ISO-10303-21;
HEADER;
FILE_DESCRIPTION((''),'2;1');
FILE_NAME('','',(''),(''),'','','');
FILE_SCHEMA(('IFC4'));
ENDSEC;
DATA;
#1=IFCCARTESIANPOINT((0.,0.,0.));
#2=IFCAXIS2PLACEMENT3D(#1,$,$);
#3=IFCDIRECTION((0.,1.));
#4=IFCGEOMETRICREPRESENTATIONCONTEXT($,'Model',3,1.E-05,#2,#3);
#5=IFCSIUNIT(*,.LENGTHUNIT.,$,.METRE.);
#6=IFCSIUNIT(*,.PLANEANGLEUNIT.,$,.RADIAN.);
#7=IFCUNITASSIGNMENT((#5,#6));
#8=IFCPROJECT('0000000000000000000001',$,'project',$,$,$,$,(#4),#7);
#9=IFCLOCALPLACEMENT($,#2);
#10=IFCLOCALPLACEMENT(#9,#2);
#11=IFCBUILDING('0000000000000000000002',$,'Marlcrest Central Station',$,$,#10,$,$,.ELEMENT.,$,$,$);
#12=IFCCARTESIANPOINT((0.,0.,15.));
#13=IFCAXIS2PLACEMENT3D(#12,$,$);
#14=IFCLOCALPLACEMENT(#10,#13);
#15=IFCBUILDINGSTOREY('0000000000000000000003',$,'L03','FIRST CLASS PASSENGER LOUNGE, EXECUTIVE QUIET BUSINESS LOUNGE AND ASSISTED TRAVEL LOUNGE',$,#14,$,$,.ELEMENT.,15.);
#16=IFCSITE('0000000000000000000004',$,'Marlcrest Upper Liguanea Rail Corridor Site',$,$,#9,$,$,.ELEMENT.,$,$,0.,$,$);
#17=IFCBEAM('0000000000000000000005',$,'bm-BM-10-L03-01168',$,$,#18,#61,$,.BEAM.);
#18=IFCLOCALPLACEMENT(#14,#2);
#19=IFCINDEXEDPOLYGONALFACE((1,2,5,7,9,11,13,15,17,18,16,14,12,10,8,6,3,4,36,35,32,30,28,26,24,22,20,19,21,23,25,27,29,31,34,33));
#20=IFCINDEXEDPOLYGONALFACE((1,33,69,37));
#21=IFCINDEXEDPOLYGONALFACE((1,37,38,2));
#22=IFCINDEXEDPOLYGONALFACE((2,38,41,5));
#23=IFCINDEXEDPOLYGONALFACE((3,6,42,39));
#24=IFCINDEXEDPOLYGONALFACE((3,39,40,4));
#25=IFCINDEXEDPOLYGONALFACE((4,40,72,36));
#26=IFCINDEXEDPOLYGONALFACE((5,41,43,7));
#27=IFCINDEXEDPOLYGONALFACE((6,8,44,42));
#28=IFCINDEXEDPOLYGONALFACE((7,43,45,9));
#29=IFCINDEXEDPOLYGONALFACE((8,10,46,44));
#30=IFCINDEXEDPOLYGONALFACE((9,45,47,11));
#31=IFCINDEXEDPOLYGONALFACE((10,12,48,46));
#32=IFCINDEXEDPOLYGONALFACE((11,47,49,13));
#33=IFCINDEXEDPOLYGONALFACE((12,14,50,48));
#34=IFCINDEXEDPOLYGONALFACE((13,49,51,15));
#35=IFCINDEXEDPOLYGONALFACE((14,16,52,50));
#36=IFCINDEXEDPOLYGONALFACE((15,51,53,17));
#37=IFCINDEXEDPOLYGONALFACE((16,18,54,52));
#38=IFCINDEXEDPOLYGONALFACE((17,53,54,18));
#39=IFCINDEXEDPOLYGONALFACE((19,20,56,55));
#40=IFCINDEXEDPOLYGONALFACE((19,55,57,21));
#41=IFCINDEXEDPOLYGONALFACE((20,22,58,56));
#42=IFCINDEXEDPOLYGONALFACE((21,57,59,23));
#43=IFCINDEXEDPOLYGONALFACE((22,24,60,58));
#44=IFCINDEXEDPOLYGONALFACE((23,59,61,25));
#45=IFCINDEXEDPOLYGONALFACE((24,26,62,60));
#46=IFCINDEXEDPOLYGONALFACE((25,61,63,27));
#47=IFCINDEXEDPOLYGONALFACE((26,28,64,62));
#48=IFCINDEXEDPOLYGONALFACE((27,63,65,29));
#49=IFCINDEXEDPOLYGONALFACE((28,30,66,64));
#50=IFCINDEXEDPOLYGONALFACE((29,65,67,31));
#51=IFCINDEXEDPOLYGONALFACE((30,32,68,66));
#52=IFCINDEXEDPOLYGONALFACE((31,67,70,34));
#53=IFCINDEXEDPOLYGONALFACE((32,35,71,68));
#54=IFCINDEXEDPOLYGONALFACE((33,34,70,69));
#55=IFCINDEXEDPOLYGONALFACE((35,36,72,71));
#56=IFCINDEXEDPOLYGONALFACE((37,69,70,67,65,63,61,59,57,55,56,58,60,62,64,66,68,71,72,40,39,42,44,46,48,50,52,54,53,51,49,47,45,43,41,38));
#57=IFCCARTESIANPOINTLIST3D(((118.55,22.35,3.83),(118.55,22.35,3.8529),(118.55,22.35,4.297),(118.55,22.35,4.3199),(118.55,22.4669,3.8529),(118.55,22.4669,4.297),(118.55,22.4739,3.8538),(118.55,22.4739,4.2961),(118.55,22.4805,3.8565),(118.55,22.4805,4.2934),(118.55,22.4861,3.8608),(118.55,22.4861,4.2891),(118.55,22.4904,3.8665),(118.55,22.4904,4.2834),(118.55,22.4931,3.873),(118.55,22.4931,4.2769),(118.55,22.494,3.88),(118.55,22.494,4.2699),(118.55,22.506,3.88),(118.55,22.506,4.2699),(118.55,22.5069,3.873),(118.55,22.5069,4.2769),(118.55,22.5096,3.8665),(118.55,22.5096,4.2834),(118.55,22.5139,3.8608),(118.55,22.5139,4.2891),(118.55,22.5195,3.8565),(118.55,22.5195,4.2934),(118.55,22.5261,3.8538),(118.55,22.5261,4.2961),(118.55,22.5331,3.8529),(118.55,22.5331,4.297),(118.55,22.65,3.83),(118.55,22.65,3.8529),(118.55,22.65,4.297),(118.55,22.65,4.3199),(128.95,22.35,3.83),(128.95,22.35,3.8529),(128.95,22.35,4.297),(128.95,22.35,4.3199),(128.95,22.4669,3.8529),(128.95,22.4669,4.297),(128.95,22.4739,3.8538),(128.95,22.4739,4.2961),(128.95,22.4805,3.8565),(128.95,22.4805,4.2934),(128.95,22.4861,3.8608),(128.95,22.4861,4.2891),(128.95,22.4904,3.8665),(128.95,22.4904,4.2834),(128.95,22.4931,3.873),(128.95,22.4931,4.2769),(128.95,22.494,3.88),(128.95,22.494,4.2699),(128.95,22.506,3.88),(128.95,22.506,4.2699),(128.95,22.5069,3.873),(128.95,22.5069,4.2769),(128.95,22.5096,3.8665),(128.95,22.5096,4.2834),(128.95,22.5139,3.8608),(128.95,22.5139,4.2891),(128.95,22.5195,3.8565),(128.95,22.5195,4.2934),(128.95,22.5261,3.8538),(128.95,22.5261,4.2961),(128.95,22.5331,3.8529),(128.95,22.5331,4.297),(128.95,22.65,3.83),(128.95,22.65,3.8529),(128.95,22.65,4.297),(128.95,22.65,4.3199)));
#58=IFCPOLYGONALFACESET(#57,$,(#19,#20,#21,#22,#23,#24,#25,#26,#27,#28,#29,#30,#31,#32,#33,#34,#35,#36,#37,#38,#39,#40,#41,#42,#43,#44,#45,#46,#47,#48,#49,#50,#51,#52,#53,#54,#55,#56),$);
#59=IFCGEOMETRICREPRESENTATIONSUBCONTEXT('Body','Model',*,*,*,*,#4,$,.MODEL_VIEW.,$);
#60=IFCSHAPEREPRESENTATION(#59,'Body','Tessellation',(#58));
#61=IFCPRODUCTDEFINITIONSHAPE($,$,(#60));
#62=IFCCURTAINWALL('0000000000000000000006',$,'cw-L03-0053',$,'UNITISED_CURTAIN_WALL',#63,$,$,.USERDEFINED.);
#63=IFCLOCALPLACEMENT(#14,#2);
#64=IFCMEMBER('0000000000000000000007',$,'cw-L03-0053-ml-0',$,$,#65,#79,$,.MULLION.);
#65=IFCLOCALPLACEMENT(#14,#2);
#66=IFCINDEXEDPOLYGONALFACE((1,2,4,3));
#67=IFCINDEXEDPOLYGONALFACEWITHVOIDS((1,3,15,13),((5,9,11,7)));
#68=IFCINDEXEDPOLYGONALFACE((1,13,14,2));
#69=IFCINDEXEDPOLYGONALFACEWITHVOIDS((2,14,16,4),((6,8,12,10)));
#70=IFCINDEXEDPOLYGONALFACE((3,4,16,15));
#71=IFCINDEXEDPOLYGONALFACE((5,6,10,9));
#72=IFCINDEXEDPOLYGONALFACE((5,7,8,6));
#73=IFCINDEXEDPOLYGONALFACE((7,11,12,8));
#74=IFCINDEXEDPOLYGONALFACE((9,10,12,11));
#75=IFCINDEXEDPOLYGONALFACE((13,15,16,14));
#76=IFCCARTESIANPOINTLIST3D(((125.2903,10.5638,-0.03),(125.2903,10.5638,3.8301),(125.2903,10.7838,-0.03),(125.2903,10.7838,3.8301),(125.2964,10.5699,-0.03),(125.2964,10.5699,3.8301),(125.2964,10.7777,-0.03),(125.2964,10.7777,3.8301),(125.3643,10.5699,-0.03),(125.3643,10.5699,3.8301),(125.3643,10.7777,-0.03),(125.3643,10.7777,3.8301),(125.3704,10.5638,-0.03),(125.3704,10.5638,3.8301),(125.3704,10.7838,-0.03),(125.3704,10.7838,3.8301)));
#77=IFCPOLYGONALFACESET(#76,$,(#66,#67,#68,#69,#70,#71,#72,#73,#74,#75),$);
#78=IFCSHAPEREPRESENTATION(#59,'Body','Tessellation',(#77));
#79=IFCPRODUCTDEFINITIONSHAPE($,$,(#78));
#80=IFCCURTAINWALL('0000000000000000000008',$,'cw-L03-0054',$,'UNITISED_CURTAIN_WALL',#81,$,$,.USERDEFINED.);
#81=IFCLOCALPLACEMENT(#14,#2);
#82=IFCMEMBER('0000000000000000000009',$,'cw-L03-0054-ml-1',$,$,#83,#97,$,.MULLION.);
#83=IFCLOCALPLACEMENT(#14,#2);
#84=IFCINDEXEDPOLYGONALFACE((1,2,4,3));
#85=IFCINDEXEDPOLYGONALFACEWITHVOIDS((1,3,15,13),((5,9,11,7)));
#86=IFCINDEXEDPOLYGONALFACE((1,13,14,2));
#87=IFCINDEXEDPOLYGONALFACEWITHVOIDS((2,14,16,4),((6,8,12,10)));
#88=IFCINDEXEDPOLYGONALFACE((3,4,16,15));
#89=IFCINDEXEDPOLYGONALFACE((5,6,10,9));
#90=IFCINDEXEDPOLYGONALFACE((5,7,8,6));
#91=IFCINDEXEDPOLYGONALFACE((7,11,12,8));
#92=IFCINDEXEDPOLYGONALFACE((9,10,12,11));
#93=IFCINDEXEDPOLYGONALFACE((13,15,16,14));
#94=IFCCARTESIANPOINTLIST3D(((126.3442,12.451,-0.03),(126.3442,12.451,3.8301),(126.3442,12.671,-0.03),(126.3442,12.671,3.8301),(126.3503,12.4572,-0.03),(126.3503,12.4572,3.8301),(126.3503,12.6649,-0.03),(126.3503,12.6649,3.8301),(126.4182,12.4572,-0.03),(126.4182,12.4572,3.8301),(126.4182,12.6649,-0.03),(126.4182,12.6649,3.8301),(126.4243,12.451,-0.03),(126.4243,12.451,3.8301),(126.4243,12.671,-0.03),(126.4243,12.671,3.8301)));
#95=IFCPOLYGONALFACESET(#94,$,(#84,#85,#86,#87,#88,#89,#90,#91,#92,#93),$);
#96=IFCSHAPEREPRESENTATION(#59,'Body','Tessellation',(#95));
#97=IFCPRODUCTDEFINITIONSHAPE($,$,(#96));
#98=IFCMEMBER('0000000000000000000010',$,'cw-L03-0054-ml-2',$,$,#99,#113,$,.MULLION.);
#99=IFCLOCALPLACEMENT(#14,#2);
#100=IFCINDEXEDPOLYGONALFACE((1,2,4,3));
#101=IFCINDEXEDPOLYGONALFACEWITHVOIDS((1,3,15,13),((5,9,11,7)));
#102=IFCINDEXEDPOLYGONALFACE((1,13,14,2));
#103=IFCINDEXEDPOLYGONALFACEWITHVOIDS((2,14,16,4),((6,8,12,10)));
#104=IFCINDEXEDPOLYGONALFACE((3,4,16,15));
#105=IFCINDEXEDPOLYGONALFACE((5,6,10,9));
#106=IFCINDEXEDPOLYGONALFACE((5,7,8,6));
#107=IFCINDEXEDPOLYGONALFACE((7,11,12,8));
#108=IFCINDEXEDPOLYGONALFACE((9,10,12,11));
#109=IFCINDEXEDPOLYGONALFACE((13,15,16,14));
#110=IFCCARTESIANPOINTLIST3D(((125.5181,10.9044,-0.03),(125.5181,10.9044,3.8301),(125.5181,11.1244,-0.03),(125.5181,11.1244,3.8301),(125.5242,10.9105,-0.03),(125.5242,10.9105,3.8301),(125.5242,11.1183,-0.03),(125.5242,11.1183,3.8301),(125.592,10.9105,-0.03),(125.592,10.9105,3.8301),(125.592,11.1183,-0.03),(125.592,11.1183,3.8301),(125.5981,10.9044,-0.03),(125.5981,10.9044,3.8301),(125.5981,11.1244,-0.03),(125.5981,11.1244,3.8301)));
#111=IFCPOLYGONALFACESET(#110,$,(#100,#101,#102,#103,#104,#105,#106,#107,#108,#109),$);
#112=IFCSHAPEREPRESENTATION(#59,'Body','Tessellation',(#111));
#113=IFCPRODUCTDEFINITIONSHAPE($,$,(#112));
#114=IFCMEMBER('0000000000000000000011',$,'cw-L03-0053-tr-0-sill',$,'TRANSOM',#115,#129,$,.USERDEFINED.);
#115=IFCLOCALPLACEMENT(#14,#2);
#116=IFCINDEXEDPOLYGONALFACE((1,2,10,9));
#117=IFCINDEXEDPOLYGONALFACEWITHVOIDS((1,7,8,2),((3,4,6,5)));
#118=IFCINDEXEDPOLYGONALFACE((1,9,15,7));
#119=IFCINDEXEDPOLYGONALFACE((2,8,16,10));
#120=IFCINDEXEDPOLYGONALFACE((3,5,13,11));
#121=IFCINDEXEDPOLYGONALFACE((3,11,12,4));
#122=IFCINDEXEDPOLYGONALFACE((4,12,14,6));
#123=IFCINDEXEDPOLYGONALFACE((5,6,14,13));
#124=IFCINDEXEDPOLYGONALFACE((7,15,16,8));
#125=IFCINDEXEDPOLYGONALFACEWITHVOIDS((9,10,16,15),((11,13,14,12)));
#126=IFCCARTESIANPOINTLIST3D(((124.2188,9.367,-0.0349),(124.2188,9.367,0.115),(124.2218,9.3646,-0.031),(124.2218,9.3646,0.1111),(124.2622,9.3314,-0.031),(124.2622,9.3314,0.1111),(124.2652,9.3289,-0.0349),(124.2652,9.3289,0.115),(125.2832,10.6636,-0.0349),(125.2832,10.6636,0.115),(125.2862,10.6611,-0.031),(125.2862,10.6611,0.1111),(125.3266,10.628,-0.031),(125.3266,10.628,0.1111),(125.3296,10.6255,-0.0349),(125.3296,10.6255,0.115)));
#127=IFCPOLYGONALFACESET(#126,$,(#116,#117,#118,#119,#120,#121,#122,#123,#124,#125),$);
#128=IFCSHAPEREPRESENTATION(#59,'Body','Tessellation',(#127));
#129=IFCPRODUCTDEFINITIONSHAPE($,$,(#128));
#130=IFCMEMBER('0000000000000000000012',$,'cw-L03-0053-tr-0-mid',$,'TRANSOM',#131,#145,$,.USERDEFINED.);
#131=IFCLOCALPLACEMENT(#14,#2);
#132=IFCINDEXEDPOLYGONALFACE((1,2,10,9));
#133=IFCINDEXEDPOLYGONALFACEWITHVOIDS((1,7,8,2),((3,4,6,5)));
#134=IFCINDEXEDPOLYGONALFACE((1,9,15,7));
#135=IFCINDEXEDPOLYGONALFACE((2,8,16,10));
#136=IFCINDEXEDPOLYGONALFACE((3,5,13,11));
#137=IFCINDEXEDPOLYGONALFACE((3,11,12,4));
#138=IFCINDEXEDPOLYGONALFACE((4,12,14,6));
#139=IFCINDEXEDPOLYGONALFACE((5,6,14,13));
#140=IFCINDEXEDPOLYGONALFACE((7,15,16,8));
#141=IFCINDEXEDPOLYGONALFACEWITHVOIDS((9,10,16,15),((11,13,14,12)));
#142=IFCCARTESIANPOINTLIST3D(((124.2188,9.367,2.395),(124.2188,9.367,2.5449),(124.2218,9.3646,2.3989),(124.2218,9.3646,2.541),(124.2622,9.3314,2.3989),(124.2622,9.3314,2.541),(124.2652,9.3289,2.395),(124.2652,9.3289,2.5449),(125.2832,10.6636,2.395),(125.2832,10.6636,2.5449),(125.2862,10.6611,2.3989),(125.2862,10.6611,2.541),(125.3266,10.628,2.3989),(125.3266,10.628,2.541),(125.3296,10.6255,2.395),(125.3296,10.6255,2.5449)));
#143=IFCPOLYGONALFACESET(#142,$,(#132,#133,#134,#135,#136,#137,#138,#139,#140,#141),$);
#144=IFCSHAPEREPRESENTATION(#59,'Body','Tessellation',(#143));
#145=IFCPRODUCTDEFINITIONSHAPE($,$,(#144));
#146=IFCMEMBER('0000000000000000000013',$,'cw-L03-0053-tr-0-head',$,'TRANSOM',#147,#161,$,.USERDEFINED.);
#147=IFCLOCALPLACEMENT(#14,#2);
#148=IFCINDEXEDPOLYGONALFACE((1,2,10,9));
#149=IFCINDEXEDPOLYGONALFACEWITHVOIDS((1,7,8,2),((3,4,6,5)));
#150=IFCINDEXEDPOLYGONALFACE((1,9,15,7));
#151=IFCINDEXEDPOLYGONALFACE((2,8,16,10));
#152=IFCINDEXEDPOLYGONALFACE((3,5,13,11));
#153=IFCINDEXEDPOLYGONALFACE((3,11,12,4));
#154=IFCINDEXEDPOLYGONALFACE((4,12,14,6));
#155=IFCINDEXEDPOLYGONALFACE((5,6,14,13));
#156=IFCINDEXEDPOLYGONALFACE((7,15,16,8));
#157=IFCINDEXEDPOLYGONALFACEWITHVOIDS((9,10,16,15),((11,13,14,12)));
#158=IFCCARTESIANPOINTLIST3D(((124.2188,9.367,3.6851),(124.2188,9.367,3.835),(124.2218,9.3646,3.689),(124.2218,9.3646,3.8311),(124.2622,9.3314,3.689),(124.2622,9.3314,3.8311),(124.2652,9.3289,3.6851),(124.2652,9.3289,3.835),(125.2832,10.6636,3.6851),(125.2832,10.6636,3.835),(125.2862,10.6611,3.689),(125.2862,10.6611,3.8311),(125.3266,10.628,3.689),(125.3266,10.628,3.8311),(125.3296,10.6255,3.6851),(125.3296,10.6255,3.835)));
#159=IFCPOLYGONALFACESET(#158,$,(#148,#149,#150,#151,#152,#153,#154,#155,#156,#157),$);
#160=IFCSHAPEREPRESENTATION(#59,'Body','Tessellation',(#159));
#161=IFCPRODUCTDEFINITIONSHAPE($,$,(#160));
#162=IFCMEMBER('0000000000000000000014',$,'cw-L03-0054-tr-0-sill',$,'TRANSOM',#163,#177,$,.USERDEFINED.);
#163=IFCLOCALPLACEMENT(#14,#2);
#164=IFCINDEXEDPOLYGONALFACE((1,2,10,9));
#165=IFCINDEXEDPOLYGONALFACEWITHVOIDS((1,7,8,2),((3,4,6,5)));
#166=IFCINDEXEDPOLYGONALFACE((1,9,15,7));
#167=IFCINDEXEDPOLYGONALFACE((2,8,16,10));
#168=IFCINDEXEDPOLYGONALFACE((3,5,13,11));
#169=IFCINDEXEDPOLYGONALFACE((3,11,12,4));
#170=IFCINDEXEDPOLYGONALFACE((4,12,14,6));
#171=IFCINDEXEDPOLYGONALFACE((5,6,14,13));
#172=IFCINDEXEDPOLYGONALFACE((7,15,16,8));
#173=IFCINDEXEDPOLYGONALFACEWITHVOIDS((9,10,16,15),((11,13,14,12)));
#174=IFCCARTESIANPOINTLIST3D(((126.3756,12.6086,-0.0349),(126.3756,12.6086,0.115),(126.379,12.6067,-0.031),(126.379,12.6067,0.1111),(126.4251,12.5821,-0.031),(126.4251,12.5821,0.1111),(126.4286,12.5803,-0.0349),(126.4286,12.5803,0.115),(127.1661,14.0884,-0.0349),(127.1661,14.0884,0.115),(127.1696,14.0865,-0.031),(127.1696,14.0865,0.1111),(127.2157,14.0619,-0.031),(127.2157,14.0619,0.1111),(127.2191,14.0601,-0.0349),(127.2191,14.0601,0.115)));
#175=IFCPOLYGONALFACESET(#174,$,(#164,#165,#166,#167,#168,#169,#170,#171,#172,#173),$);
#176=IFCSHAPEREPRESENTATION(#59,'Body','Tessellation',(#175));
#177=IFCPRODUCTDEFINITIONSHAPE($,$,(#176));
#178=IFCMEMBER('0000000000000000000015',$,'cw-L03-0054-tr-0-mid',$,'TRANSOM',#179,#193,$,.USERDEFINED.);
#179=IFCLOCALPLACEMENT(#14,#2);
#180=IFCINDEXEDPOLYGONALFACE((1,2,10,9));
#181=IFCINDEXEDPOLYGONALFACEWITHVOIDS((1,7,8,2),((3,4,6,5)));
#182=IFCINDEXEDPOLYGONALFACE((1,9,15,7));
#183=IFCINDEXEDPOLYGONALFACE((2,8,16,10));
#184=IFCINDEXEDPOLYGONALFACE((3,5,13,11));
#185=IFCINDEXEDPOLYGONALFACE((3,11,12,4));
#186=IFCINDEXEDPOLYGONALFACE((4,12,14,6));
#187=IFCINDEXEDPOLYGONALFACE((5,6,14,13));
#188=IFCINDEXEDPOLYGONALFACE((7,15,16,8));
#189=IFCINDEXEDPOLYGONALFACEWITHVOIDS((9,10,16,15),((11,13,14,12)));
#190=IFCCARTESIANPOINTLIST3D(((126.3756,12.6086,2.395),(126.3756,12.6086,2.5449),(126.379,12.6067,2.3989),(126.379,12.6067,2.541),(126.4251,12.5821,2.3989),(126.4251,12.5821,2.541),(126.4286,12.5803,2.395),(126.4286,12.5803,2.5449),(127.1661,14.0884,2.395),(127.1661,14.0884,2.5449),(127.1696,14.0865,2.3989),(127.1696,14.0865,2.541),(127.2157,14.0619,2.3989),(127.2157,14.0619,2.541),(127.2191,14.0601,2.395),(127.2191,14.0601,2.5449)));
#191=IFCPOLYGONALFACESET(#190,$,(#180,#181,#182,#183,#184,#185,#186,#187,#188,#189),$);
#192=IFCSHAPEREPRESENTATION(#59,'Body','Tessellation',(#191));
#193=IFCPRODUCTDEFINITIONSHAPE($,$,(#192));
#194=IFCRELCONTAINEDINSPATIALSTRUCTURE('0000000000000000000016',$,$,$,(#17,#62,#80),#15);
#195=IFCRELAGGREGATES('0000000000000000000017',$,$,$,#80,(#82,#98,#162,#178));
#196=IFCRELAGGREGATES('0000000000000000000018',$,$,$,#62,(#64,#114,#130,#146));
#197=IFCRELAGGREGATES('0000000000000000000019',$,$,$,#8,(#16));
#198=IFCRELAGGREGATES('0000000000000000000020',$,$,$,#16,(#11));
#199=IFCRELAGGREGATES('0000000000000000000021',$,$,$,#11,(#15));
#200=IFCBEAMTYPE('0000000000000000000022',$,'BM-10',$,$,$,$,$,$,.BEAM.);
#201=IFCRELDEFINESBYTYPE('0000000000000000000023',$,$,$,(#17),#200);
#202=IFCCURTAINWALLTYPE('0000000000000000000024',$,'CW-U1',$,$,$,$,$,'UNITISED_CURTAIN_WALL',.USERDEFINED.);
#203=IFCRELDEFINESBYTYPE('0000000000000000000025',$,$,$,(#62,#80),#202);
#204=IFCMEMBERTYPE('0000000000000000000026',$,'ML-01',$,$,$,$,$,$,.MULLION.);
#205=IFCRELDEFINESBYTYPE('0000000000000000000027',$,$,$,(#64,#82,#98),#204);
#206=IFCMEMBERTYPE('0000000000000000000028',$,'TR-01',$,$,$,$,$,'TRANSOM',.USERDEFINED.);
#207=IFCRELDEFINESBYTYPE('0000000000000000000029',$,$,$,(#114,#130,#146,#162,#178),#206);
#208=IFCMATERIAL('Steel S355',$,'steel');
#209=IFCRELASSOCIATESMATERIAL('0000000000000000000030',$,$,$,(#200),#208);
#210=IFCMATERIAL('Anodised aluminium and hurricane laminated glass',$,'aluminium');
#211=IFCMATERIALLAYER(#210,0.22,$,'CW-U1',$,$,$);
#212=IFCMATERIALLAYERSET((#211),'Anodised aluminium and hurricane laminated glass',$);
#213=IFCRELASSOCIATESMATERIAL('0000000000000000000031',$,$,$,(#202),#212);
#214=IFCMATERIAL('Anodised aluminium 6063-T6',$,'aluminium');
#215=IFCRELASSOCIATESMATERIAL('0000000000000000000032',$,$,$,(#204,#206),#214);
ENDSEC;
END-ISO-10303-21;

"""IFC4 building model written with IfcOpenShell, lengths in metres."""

from ifc_helpers import new_model, si_unit, direction, frame, origin, origin_2d, place, context, subcontext, project, spatial, hollow_rectangle, i_section, extrude, material, layer, layer_set, material_profile, profile_set, type_object, element, aggregate, save


model = new_model("IFC4")

# Units and contexts
model_context = context("Model", 3, precision=1e-05, world=origin(), true_north=direction((0.0, 1.0)))
body_context = subcontext(model_context, "Body", "Model", "MODEL_VIEW")
ifc_project = project(units=[si_unit("LENGTHUNIT", "METRE"), si_unit("PLANEANGLEUNIT", "RADIAN")], contexts=[model_context])

# Site, building, storey
site_placement = place(None, origin())
site = spatial("IfcSite", under=ifc_project, at=site_placement, Name="Marlcrest Upper Liguanea Rail Corridor Site", CompositionType="ELEMENT", RefElevation=0.0)
building_placement = place(site_placement, origin())
building = spatial("IfcBuilding", under=site, at=building_placement, Name="Marlcrest Central Station", CompositionType="ELEMENT")
storey_placement = place(building_placement, frame((0.0, 0.0, 15.0)))
storey = spatial("IfcBuildingStorey", under=building, at=storey_placement, Name="L03", Description="FIRST CLASS PASSENGER LOUNGE, EXECUTIVE QUIET BUSINESS LOUNGE AND ASSISTED TRAVEL LOUNGE", CompositionType="ELEMENT", Elevation=15.0)

# Beam
ifc_material_1 = material(Name="Steel S355", Category="steel")
ifc_material_profile_1 = material_profile(ifc_material_1, i_section(OverallWidth=0.3, OverallDepth=0.49, WebThickness=0.012, FlangeThickness=0.0229, FilletRadius=0.0271, at=origin_2d()), Name="HEA 500")
ifc_profile_set_1 = profile_set([ifc_material_profile_1], Name="Steel S355")
beam_type = type_object("IfcBeamType", Name="BM-10", PredefinedType="BEAM", material=ifc_profile_set_1)
beam_placement = place(storey_placement, frame((118.55, 22.5, 4.075), z_axis=(1.0, 0.0, 0.0), x_axis=(0.0, 1.0, 0.0)))
element("IfcBeam", 1, at=beam_placement, inside=storey, type_object=beam_type, Name="bm-BM-10-L03-01168", PredefinedType="BEAM", context=body_context, shape_type="SweptSolid", body=[
    extrude(i_section(OverallWidth=0.3, OverallDepth=0.49, WebThickness=0.012, FlangeThickness=0.0229, FilletRadius=0.0271, at=origin_2d()), origin(), (0.0, 0.0, 1.0), 10.3999),
])

# Curtain wall, member
ifc_material_2 = material(Name="Anodised aluminium and hurricane laminated glass", Category="aluminium")
ifc_layer_1 = layer(ifc_material_2, 0.22, Name="CW-U1")
ifc_layer_set_1 = layer_set([ifc_layer_1], Name="Anodised aluminium and hurricane laminated glass")
curtain_wall_type = type_object("IfcCurtainWallType", Name="CW-U1", ElementType="UNITISED_CURTAIN_WALL", PredefinedType="USERDEFINED", material=ifc_layer_set_1)
curtain_wall_1_placement = place(storey_placement, origin())
curtain_wall_1 = element("IfcCurtainWall", 2, at=curtain_wall_1_placement, inside=storey, type_object=curtain_wall_type, Name="cw-L03-0053", ObjectType="UNITISED_CURTAIN_WALL", PredefinedType="USERDEFINED")
ifc_material_3 = material(Name="Anodised aluminium 6063-T6", Category="aluminium")
ifc_material_profile_2 = material_profile(ifc_material_3, hollow_rectangle(XDim=0.0801, YDim=0.22, WallThickness=0.0061, at=origin_2d()), Name="AA-RHS 220x80x6")
ifc_profile_set_2 = profile_set([ifc_material_profile_2], Name="Anodised aluminium 6063-T6")
member_type_1 = type_object("IfcMemberType", Name="ML-01", PredefinedType="MULLION", material=ifc_profile_set_2)
member_1_placement = place(storey_placement, frame((125.3303, 10.6738, -0.03), z_axis=(0.0, 0.0, 1.0), x_axis=(1.0, 0.0, 0.0)))
member_1 = element("IfcMember", 3, at=member_1_placement, type_object=member_type_1, Name="cw-L03-0053-ml-0", PredefinedType="MULLION", context=body_context, shape_type="SweptSolid", body=[
    extrude(hollow_rectangle(XDim=0.0801, YDim=0.22, WallThickness=0.0061, at=origin_2d()), origin(), (0.0, 0.0, 1.0), 3.8601),
])

# Curtain wall, members
curtain_wall_2_placement = place(storey_placement, origin())
curtain_wall_2 = element("IfcCurtainWall", 4, at=curtain_wall_2_placement, inside=storey, type_object=curtain_wall_type, Name="cw-L03-0054", ObjectType="UNITISED_CURTAIN_WALL", PredefinedType="USERDEFINED")
member_2_placement = place(storey_placement, frame((126.3843, 12.561, -0.03), z_axis=(0.0, 0.0, 1.0), x_axis=(1.0, 0.0, 0.0)))
member_2 = element("IfcMember", 5, at=member_2_placement, type_object=member_type_1, Name="cw-L03-0054-ml-1", PredefinedType="MULLION", context=body_context, shape_type="SweptSolid", body=[
    extrude(hollow_rectangle(XDim=0.0801, YDim=0.22, WallThickness=0.0061, at=origin_2d()), origin(), (0.0, 0.0, 1.0), 3.8601),
])
member_3_placement = place(storey_placement, frame((125.5581, 11.0144, -0.03), z_axis=(0.0, 0.0, 1.0), x_axis=(1.0, 0.0, 0.0)))
member_3 = element("IfcMember", 6, at=member_3_placement, type_object=member_type_1, Name="cw-L03-0054-ml-2", PredefinedType="MULLION", context=body_context, shape_type="SweptSolid", body=[
    extrude(hollow_rectangle(XDim=0.0801, YDim=0.22, WallThickness=0.0061, at=origin_2d()), origin(), (0.0, 0.0, 1.0), 3.8601),
])

# Members
ifc_material_profile_3 = material_profile(ifc_material_3, hollow_rectangle(XDim=0.0601, YDim=0.1499, WallThickness=0.0039, at=origin_2d()), Name="AA-RHS 150x60x4")
ifc_profile_set_3 = profile_set([ifc_material_profile_3], Name="Anodised aluminium 6063-T6")
member_type_2 = type_object("IfcMemberType", Name="TR-01", ElementType="TRANSOM", PredefinedType="USERDEFINED", material=ifc_profile_set_3)
member_4_placement = place(storey_placement, frame((125.3064, 10.6445, 0.04), z_axis=(-0.634513, -0.772912, 0.0), x_axis=(0.772912, -0.634513, 0.0)))
member_4 = element("IfcMember", 7, at=member_4_placement, type_object=member_type_2, Name="cw-L03-0053-tr-0-sill", ObjectType="TRANSOM", PredefinedType="USERDEFINED", context=body_context, shape_type="SweptSolid", body=[
    extrude(hollow_rectangle(XDim=0.0601, YDim=0.1499, WallThickness=0.0039, at=origin_2d()), origin(), (0.0, 0.0, 1.0), 1.6775),
])
member_5_placement = place(storey_placement, frame((125.3064, 10.6445, 2.47), z_axis=(-0.634513, -0.772912, 0.0), x_axis=(0.772912, -0.634513, 0.0)))
member_5 = element("IfcMember", 8, at=member_5_placement, type_object=member_type_2, Name="cw-L03-0053-tr-0-mid", ObjectType="TRANSOM", PredefinedType="USERDEFINED", context=body_context, shape_type="SweptSolid", body=[
    extrude(hollow_rectangle(XDim=0.0601, YDim=0.1499, WallThickness=0.0039, at=origin_2d()), origin(), (0.0, 0.0, 1.0), 1.6775),
])
member_6_placement = place(storey_placement, frame((125.3064, 10.6445, 3.76), z_axis=(-0.634513, -0.772912, 0.0), x_axis=(0.772912, -0.634513, 0.0)))
member_6 = element("IfcMember", 9, at=member_6_placement, type_object=member_type_2, Name="cw-L03-0053-tr-0-head", ObjectType="TRANSOM", PredefinedType="USERDEFINED", context=body_context, shape_type="SweptSolid", body=[
    extrude(hollow_rectangle(XDim=0.0601, YDim=0.1499, WallThickness=0.0039, at=origin_2d()), origin(), (0.0, 0.0, 1.0), 1.6775),
])
member_7_placement = place(storey_placement, frame((127.1926, 14.0742, 0.04), z_axis=(-0.471207, -0.882022, 0.0), x_axis=(0.882022, -0.471207, 0.0)))
member_7 = element("IfcMember", 10, at=member_7_placement, type_object=member_type_2, Name="cw-L03-0054-tr-0-sill", ObjectType="TRANSOM", PredefinedType="USERDEFINED", context=body_context, shape_type="SweptSolid", body=[
    extrude(hollow_rectangle(XDim=0.0601, YDim=0.1499, WallThickness=0.0039, at=origin_2d()), origin(), (0.0, 0.0, 1.0), 1.6777),
])
member_8_placement = place(storey_placement, frame((127.1926, 14.0742, 2.47), z_axis=(-0.471207, -0.882022, 0.0), x_axis=(0.882022, -0.471207, 0.0)))
member_8 = element("IfcMember", 11, at=member_8_placement, type_object=member_type_2, Name="cw-L03-0054-tr-0-mid", ObjectType="TRANSOM", PredefinedType="USERDEFINED", context=body_context, shape_type="SweptSolid", body=[
    extrude(hollow_rectangle(XDim=0.0601, YDim=0.1499, WallThickness=0.0039, at=origin_2d()), origin(), (0.0, 0.0, 1.0), 1.6777),
])

aggregate(curtain_wall_2, [member_2, member_3, member_7, member_8])
aggregate(curtain_wall_1, [member_1, member_4, member_5, member_6])

save(model, "model.ifc")
